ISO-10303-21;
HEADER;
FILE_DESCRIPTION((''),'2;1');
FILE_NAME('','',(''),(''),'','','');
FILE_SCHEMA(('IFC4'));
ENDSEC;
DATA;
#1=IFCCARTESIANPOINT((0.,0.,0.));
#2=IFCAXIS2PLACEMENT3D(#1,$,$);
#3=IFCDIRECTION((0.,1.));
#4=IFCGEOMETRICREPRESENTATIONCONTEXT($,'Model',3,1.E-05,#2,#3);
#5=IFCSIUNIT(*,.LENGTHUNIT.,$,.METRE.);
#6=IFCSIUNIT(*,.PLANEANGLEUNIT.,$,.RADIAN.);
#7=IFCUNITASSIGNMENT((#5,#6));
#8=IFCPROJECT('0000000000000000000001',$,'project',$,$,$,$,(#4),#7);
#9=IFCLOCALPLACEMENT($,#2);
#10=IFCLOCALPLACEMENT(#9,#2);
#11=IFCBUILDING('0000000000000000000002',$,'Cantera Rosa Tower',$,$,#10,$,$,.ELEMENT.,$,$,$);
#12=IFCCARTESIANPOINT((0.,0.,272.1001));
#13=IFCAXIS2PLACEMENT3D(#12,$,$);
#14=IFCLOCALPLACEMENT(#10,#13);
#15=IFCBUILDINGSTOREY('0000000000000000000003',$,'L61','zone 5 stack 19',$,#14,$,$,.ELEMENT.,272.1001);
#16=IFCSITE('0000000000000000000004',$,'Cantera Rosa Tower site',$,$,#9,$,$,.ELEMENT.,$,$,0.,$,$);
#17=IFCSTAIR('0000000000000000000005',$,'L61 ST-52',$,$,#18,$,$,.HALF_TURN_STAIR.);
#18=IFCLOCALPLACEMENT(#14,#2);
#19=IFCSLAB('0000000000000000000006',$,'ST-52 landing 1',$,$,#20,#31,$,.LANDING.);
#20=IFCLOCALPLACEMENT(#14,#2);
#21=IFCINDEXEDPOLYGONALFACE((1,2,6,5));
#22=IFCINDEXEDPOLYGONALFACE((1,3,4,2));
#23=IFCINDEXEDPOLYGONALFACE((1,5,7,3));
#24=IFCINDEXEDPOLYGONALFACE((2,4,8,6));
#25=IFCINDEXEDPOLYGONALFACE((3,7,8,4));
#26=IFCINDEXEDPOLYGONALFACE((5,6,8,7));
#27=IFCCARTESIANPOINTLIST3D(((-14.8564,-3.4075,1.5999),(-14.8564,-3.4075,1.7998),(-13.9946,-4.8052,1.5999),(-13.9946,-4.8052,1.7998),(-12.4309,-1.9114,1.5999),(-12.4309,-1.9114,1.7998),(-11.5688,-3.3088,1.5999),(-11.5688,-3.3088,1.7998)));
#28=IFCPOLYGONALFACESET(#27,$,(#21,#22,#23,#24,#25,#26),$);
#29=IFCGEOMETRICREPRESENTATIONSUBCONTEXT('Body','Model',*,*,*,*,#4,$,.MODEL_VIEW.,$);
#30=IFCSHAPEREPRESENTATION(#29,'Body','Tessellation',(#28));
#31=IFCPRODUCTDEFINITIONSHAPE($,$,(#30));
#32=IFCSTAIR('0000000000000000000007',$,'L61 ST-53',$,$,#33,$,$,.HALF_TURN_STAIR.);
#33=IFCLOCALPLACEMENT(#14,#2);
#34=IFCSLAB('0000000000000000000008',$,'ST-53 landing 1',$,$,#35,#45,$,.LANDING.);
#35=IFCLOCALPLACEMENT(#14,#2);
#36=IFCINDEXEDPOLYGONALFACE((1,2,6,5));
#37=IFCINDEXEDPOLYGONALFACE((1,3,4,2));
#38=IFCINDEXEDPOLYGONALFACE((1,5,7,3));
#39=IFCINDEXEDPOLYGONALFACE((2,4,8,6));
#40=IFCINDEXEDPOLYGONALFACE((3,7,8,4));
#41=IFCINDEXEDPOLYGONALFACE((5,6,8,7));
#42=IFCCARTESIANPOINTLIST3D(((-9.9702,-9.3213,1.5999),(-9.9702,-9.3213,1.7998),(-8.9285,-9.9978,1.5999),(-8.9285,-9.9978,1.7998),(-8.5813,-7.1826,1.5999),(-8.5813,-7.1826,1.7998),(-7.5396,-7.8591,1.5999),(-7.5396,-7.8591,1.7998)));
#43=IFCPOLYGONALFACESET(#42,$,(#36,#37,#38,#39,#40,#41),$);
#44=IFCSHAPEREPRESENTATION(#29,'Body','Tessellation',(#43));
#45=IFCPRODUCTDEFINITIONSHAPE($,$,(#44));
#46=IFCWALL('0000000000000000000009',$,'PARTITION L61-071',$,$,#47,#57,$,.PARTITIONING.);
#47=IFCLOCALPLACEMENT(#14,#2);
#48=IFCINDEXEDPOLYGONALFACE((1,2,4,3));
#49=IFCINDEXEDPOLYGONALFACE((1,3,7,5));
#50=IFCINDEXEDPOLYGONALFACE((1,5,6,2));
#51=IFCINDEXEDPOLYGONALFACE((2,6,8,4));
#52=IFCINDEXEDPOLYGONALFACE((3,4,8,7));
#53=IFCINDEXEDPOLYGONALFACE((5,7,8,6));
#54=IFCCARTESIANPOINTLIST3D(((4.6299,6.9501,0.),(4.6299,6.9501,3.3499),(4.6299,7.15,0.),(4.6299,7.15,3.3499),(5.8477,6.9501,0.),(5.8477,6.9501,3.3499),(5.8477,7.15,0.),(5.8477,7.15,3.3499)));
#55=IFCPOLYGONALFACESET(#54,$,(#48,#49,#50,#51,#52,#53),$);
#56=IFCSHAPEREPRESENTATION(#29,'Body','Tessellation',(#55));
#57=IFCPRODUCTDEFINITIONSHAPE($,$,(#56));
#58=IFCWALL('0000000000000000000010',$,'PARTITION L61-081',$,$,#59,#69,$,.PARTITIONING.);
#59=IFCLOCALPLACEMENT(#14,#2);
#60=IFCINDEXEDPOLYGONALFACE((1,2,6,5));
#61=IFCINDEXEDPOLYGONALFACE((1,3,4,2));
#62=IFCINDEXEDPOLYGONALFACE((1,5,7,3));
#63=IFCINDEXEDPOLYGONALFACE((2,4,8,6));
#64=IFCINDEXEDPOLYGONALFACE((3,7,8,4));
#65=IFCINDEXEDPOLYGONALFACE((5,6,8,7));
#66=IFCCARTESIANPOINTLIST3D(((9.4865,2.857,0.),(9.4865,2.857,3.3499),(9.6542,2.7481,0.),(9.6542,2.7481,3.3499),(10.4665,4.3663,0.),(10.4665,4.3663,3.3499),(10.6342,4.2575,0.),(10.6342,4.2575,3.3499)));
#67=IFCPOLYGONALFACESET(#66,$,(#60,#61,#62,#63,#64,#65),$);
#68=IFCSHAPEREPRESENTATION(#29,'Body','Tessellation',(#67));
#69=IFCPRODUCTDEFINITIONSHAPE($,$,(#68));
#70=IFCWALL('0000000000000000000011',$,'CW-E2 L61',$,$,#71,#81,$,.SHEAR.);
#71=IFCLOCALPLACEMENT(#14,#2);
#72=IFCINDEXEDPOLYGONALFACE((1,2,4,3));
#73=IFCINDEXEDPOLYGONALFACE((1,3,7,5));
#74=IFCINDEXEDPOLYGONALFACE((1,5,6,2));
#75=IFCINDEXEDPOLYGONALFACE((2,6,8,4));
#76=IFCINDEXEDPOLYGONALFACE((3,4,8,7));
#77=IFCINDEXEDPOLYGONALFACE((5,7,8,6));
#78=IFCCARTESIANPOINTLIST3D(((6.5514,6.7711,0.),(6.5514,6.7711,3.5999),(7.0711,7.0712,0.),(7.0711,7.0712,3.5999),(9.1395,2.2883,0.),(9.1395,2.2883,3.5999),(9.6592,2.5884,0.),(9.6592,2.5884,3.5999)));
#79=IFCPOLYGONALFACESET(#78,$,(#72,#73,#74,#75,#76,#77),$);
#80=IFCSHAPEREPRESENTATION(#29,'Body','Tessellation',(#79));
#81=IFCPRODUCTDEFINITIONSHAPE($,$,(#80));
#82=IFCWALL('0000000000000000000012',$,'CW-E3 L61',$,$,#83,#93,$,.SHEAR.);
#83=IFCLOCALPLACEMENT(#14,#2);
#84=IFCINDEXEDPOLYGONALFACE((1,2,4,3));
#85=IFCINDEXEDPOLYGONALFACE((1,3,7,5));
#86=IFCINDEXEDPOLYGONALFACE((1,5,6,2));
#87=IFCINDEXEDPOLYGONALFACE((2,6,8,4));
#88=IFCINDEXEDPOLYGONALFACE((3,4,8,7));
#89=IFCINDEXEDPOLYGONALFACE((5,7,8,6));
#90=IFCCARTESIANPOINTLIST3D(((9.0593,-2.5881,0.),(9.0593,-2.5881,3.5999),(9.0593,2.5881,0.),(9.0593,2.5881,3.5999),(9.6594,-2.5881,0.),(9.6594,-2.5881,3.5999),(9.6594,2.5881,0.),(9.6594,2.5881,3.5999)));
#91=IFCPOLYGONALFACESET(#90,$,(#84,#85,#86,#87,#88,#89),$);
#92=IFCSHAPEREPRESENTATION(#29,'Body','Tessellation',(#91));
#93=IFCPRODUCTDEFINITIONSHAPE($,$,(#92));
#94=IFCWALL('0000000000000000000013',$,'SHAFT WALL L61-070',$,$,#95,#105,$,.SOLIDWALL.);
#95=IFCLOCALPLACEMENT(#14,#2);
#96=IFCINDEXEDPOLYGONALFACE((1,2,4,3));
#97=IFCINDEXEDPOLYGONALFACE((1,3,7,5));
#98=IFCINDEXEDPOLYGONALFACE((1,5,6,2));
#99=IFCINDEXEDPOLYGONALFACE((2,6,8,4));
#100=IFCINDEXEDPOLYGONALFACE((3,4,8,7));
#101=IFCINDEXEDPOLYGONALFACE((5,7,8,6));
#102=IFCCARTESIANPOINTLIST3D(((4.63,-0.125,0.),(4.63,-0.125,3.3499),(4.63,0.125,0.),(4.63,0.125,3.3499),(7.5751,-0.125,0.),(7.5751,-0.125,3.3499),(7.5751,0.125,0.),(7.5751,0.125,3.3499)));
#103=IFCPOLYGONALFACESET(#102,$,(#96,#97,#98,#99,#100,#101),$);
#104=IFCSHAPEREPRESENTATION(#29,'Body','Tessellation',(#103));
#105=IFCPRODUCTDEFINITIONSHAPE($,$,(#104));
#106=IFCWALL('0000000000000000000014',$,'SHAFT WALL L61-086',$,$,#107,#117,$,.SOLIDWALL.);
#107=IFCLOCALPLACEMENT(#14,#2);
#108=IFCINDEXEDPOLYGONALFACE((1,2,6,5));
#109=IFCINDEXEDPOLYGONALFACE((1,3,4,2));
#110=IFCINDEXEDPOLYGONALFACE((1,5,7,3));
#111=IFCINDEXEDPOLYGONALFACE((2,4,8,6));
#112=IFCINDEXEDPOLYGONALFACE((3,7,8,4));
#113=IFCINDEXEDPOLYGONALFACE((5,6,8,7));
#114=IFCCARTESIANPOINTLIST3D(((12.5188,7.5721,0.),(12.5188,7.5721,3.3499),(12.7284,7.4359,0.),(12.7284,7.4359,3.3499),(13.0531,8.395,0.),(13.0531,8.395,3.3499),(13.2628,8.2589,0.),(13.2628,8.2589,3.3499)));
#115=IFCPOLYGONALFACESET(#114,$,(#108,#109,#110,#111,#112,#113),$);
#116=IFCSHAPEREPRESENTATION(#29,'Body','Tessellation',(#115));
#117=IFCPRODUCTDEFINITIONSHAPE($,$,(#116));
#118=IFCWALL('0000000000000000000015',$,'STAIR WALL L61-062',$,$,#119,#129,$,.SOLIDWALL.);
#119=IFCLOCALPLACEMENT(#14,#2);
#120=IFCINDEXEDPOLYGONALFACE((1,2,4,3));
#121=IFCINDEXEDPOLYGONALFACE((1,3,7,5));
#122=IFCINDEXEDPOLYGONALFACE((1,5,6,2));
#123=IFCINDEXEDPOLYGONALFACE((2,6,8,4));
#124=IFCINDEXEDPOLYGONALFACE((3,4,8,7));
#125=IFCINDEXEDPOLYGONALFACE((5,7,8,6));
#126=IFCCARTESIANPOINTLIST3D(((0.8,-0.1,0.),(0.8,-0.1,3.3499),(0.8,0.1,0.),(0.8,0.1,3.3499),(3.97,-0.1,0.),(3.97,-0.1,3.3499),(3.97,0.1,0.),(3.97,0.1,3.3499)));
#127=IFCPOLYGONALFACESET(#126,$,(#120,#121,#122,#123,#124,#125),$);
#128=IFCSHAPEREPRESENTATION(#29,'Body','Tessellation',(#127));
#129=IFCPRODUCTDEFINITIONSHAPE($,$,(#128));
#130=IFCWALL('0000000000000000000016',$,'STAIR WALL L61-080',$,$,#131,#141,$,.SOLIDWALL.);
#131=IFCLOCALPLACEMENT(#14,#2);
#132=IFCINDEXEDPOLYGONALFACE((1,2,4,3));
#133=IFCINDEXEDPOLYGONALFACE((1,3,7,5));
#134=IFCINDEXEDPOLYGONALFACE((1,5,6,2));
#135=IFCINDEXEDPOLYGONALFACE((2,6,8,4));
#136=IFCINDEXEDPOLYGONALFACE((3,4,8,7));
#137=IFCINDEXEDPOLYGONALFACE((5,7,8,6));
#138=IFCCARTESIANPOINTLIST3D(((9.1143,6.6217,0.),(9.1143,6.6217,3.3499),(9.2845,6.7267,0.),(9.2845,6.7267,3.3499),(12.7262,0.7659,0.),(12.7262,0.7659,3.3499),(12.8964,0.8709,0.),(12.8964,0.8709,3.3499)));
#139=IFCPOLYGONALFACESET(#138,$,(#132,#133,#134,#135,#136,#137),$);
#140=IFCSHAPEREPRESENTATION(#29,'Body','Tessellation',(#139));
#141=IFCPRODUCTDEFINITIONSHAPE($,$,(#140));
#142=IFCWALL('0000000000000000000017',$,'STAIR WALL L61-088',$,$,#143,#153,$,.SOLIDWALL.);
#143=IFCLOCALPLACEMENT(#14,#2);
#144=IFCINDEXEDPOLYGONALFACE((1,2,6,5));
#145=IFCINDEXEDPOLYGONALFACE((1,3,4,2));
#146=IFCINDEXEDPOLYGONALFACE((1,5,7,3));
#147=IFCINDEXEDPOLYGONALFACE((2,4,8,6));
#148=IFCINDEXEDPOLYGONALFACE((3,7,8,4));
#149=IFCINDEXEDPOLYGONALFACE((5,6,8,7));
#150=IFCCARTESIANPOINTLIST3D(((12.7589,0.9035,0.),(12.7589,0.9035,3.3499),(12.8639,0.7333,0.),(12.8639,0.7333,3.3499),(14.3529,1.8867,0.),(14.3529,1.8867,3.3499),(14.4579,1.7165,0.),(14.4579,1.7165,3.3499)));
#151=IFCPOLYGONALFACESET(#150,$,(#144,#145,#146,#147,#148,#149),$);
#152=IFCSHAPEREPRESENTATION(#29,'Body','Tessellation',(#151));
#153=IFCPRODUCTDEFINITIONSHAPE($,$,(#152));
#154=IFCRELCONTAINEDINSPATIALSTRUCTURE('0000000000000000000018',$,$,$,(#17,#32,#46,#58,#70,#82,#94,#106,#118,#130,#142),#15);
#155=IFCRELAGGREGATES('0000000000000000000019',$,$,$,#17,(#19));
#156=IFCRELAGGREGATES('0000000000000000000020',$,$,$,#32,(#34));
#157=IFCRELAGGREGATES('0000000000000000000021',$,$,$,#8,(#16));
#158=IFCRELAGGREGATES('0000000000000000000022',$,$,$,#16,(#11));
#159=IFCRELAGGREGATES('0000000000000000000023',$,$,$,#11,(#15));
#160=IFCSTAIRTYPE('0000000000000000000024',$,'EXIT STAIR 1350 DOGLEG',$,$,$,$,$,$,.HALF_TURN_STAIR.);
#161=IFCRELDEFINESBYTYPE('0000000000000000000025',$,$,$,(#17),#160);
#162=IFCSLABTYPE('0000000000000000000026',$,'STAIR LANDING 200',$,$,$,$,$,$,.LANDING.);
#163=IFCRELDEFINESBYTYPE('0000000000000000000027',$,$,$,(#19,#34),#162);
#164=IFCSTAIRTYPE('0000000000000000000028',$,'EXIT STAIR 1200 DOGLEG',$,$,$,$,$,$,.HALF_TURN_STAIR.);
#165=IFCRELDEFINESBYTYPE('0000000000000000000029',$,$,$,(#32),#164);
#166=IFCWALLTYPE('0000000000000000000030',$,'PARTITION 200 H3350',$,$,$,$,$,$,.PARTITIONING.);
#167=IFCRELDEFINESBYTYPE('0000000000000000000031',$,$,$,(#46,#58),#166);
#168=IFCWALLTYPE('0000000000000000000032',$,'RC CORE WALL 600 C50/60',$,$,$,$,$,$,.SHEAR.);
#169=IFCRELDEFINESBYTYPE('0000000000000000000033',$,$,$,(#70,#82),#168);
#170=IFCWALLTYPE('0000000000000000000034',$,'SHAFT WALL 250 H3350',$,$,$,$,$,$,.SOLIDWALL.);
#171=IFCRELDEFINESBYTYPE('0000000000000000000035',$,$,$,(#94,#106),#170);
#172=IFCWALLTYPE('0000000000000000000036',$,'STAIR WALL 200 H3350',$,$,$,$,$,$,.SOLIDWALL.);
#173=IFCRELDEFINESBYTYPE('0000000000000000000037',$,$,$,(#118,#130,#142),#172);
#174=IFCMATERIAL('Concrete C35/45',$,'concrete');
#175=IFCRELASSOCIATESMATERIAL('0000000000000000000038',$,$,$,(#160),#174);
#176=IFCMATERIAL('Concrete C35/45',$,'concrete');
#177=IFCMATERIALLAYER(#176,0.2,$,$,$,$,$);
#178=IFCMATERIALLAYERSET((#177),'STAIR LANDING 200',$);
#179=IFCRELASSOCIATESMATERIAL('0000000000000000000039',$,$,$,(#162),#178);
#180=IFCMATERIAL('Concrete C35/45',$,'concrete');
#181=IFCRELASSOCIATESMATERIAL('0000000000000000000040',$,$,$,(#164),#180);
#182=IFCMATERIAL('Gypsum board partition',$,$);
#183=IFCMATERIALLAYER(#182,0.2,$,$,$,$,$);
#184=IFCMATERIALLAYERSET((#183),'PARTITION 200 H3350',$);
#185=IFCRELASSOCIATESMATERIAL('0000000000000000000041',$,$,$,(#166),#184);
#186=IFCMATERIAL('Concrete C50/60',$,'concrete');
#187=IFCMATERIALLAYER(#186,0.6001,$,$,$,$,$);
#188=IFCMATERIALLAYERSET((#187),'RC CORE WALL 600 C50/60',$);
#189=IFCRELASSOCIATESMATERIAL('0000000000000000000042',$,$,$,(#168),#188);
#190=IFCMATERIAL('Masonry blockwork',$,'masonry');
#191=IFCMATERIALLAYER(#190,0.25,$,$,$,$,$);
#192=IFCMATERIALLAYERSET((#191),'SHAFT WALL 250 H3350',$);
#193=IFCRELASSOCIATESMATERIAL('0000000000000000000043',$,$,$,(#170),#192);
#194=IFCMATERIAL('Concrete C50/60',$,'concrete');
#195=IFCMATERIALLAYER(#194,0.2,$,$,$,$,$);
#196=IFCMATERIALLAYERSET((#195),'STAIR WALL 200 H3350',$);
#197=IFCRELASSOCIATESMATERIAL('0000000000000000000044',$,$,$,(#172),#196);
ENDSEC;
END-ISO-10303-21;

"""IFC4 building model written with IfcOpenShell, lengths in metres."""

from ifc_helpers import new_model, si_unit, direction, frame, frame_2d, origin, place, context, subcontext, project, spatial, polyline, rectangle, outline, extrude, material, layer, layer_set, type_object, element, aggregate, save


model = new_model("IFC4")

# Units and contexts
model_context = context("Model", 3, precision=1e-05, world=origin(), true_north=direction((0.0, 1.0)))
body_context = subcontext(model_context, "Body", "Model", "MODEL_VIEW")
ifc_project = project(units=[si_unit("LENGTHUNIT", "METRE"), si_unit("PLANEANGLEUNIT", "RADIAN")], contexts=[model_context])

# Site, building, storey
site_placement = place(None, origin())
site = spatial("IfcSite", under=ifc_project, at=site_placement, Name="Cantera Rosa Tower site", CompositionType="ELEMENT", RefElevation=0.0)
building_placement = place(site_placement, origin())
building = spatial("IfcBuilding", under=site, at=building_placement, Name="Cantera Rosa Tower", CompositionType="ELEMENT")
storey_placement = place(building_placement, frame((0.0, 0.0, 272.1001)))
storey = spatial("IfcBuildingStorey", under=building, at=storey_placement, Name="L61", Description="zone 5 stack 19", CompositionType="ELEMENT", Elevation=272.1001)

# Stairs, slabs
ifc_material_1 = material(Name="Concrete C35/45", Category="concrete")
stair_type_1 = type_object("IfcStairType", Name="EXIT STAIR 1350 DOGLEG", PredefinedType="HALF_TURN_STAIR", material=ifc_material_1)
stair_1_placement = place(storey_placement, origin())
stair_1 = element("IfcStair", 1, at=stair_1_placement, inside=storey, type_object=stair_type_1, Name="L61 ST-52", PredefinedType="HALF_TURN_STAIR")
ifc_material_2 = material(Name="Concrete C35/45", Category="concrete")
ifc_layer_1 = layer(ifc_material_2, 0.2)
ifc_layer_set_1 = layer_set([ifc_layer_1], Name="STAIR LANDING 200")
slab_type = type_object("IfcSlabType", Name="STAIR LANDING 200", PredefinedType="LANDING", material=ifc_layer_set_1)
slab_1_placement = place(storey_placement, frame((0.0, 0.0, 1.5999)))
slab_1 = element("IfcSlab", 2, at=slab_1_placement, type_object=slab_type, Name="ST-52 landing 1", PredefinedType="LANDING", context=body_context, shape_type="SweptSolid", body=[
    extrude(outline(polyline([(-11.5688, -3.3088), (-12.4309, -1.9114), (-14.8564, -3.4075), (-13.9946, -4.8052), (-11.5688, -3.3088)])), origin(), (0.0, 0.0, 1.0), 0.2),
])
aggregate(stair_1, [slab_1])
ifc_material_3 = material(Name="Concrete C35/45", Category="concrete")
stair_type_2 = type_object("IfcStairType", Name="EXIT STAIR 1200 DOGLEG", PredefinedType="HALF_TURN_STAIR", material=ifc_material_3)
stair_2_placement = place(storey_placement, origin())
stair_2 = element("IfcStair", 3, at=stair_2_placement, inside=storey, type_object=stair_type_2, Name="L61 ST-53", PredefinedType="HALF_TURN_STAIR")
slab_2_placement = place(storey_placement, frame((0.0, 0.0, 1.5999)))
slab_2 = element("IfcSlab", 4, at=slab_2_placement, type_object=slab_type, Name="ST-53 landing 1", PredefinedType="LANDING", context=body_context, shape_type="SweptSolid", body=[
    extrude(outline(polyline([(-7.5396, -7.8591), (-8.5813, -7.1826), (-9.9702, -9.3213), (-8.9285, -9.9978), (-7.5396, -7.8591)])), origin(), (0.0, 0.0, 1.0), 0.2),
])
aggregate(stair_2, [slab_2])

# Walls
ifc_material_4 = material(Name="Gypsum board partition")
ifc_layer_2 = layer(ifc_material_4, 0.2)
ifc_layer_set_2 = layer_set([ifc_layer_2], Name="PARTITION 200 H3350")
wall_type_1 = type_object("IfcWallType", Name="PARTITION 200 H3350", PredefinedType="PARTITIONING", material=ifc_layer_set_2)
wall_1_placement = place(storey_placement, frame((4.6299, 7.05, 0.0), z_axis=(0.0, 0.0, 1.0), x_axis=(1.0, 0.0, 0.0)))
element("IfcWall", 5, at=wall_1_placement, inside=storey, type_object=wall_type_1, Name="PARTITION L61-071", PredefinedType="PARTITIONING", context=body_context, shape_type="SweptSolid", body=[
    extrude(rectangle(XDim=1.2178, YDim=0.2, at=frame_2d((0.6089, 0.0))), origin(), (0.0, 0.0, 1.0), 3.3499),
])
wall_2_placement = place(storey_placement, frame((9.5703, 2.8025, 0.0), z_axis=(0.0, 0.0, 1.0), x_axis=(0.544578, 0.83871, 0.0)))
element("IfcWall", 6, at=wall_2_placement, inside=storey, type_object=wall_type_1, Name="PARTITION L61-081", PredefinedType="PARTITIONING", context=body_context, shape_type="SweptSolid", body=[
    extrude(rectangle(XDim=1.7996, YDim=0.2, at=frame_2d((0.8999, 0.0))), origin(), (0.0, 0.0, 1.0), 3.3499),
])
ifc_material_5 = material(Name="Concrete C50/60", Category="concrete")
ifc_layer_3 = layer(ifc_material_5, 0.6001)
ifc_layer_set_3 = layer_set([ifc_layer_3], Name="RC CORE WALL 600 C50/60")
wall_type_2 = type_object("IfcWallType", Name="RC CORE WALL 600 C50/60", PredefinedType="SHEAR", material=ifc_layer_set_3)
for number, where, z_axis, x_axis, name in (
    (7, (6.8113, 6.9211, 0.0), (0.0, 0.0, 1.0), (0.499989, -0.866032, 0.0), "CW-E2 L61"),
    (8, (9.3594, 2.5881, 0.0), (0.0, 0.0, 1.0), (0.0, -1.0, 0.0), "CW-E3 L61"),
):
    element("IfcWall", number, at=place(storey_placement, frame(where, z_axis=z_axis, x_axis=x_axis)), inside=storey, type_object=wall_type_2, Name=name, PredefinedType="SHEAR", context=body_context, shape_type="SweptSolid", body=[
        extrude(rectangle(XDim=5.1763, YDim=0.6001, at=frame_2d((2.5881, 0.0))), origin(), (0.0, 0.0, 1.0), 3.5999),
    ])
ifc_material_6 = material(Name="Masonry blockwork", Category="masonry")
ifc_layer_4 = layer(ifc_material_6, 0.25)
ifc_layer_set_4 = layer_set([ifc_layer_4], Name="SHAFT WALL 250 H3350")
wall_type_3 = type_object("IfcWallType", Name="SHAFT WALL 250 H3350", PredefinedType="SOLIDWALL", material=ifc_layer_set_4)
wall_3_placement = place(storey_placement, frame((4.6299, 0.0, 0.0), z_axis=(0.0, 0.0, 1.0), x_axis=(1.0, 0.0, 0.0)))
element("IfcWall", 9, at=wall_3_placement, inside=storey, type_object=wall_type_3, Name="SHAFT WALL L61-070", PredefinedType="SOLIDWALL", context=body_context, shape_type="SweptSolid", body=[
    extrude(rectangle(XDim=2.9451, YDim=0.25, at=frame_2d((1.4727, 0.0))), origin(), (0.0, 0.0, 1.0), 3.3499),
])
wall_4_placement = place(storey_placement, frame((12.6235, 7.5039, 0.0), z_axis=(0.0, 0.0, 1.0), x_axis=(0.544612, 0.838688, 0.0)))
element("IfcWall", 10, at=wall_4_placement, inside=storey, type_object=wall_type_3, Name="SHAFT WALL L61-086", PredefinedType="SOLIDWALL", context=body_context, shape_type="SweptSolid", body=[
    extrude(rectangle(XDim=0.9812, YDim=0.25, at=frame_2d((0.4907, 0.0))), origin(), (0.0, 0.0, 1.0), 3.3499),
])
ifc_material_7 = material(Name="Concrete C50/60", Category="concrete")
ifc_layer_5 = layer(ifc_material_7, 0.2)
ifc_layer_set_5 = layer_set([ifc_layer_5], Name="STAIR WALL 200 H3350")
wall_type_4 = type_object("IfcWallType", Name="STAIR WALL 200 H3350", PredefinedType="SOLIDWALL", material=ifc_layer_set_5)
wall_5_placement = place(storey_placement, frame((0.8, 0.0, 0.0), z_axis=(0.0, 0.0, 1.0), x_axis=(1.0, 0.0, 0.0)))
element("IfcWall", 11, at=wall_5_placement, inside=storey, type_object=wall_type_4, Name="STAIR WALL L61-062", PredefinedType="SOLIDWALL", context=body_context, shape_type="SweptSolid", body=[
    extrude(rectangle(XDim=3.1699, YDim=0.2, at=frame_2d((1.585, 0.0))), origin(), (0.0, 0.0, 1.0), 3.3499),
])
wall_6_placement = place(storey_placement, frame((9.1995, 6.6741, 0.0), z_axis=(0.0, 0.0, 1.0), x_axis=(0.524972, -0.851119, 0.0)))
element("IfcWall", 12, at=wall_6_placement, inside=storey, type_object=wall_type_4, Name="STAIR WALL L61-080", PredefinedType="SOLIDWALL", context=body_context, shape_type="SweptSolid", body=[
    extrude(rectangle(XDim=6.8801, YDim=0.2, at=frame_2d((3.4399, 0.0))), origin(), (0.0, 0.0, 1.0), 3.3499),
])
wall_7_placement = place(storey_placement, frame((12.8113, 0.8184, 0.0), z_axis=(0.0, 0.0, 1.0), x_axis=(0.851125, 0.524963, 0.0)))
element("IfcWall", 13, at=wall_7_placement, inside=storey, type_object=wall_type_4, Name="STAIR WALL L61-088", PredefinedType="SOLIDWALL", context=body_context, shape_type="SweptSolid", body=[
    extrude(rectangle(XDim=1.8728, YDim=0.2, at=frame_2d((0.9365, 0.0))), origin(), (0.0, 0.0, 1.0), 3.3499),
])

save(model, "model.ifc")
